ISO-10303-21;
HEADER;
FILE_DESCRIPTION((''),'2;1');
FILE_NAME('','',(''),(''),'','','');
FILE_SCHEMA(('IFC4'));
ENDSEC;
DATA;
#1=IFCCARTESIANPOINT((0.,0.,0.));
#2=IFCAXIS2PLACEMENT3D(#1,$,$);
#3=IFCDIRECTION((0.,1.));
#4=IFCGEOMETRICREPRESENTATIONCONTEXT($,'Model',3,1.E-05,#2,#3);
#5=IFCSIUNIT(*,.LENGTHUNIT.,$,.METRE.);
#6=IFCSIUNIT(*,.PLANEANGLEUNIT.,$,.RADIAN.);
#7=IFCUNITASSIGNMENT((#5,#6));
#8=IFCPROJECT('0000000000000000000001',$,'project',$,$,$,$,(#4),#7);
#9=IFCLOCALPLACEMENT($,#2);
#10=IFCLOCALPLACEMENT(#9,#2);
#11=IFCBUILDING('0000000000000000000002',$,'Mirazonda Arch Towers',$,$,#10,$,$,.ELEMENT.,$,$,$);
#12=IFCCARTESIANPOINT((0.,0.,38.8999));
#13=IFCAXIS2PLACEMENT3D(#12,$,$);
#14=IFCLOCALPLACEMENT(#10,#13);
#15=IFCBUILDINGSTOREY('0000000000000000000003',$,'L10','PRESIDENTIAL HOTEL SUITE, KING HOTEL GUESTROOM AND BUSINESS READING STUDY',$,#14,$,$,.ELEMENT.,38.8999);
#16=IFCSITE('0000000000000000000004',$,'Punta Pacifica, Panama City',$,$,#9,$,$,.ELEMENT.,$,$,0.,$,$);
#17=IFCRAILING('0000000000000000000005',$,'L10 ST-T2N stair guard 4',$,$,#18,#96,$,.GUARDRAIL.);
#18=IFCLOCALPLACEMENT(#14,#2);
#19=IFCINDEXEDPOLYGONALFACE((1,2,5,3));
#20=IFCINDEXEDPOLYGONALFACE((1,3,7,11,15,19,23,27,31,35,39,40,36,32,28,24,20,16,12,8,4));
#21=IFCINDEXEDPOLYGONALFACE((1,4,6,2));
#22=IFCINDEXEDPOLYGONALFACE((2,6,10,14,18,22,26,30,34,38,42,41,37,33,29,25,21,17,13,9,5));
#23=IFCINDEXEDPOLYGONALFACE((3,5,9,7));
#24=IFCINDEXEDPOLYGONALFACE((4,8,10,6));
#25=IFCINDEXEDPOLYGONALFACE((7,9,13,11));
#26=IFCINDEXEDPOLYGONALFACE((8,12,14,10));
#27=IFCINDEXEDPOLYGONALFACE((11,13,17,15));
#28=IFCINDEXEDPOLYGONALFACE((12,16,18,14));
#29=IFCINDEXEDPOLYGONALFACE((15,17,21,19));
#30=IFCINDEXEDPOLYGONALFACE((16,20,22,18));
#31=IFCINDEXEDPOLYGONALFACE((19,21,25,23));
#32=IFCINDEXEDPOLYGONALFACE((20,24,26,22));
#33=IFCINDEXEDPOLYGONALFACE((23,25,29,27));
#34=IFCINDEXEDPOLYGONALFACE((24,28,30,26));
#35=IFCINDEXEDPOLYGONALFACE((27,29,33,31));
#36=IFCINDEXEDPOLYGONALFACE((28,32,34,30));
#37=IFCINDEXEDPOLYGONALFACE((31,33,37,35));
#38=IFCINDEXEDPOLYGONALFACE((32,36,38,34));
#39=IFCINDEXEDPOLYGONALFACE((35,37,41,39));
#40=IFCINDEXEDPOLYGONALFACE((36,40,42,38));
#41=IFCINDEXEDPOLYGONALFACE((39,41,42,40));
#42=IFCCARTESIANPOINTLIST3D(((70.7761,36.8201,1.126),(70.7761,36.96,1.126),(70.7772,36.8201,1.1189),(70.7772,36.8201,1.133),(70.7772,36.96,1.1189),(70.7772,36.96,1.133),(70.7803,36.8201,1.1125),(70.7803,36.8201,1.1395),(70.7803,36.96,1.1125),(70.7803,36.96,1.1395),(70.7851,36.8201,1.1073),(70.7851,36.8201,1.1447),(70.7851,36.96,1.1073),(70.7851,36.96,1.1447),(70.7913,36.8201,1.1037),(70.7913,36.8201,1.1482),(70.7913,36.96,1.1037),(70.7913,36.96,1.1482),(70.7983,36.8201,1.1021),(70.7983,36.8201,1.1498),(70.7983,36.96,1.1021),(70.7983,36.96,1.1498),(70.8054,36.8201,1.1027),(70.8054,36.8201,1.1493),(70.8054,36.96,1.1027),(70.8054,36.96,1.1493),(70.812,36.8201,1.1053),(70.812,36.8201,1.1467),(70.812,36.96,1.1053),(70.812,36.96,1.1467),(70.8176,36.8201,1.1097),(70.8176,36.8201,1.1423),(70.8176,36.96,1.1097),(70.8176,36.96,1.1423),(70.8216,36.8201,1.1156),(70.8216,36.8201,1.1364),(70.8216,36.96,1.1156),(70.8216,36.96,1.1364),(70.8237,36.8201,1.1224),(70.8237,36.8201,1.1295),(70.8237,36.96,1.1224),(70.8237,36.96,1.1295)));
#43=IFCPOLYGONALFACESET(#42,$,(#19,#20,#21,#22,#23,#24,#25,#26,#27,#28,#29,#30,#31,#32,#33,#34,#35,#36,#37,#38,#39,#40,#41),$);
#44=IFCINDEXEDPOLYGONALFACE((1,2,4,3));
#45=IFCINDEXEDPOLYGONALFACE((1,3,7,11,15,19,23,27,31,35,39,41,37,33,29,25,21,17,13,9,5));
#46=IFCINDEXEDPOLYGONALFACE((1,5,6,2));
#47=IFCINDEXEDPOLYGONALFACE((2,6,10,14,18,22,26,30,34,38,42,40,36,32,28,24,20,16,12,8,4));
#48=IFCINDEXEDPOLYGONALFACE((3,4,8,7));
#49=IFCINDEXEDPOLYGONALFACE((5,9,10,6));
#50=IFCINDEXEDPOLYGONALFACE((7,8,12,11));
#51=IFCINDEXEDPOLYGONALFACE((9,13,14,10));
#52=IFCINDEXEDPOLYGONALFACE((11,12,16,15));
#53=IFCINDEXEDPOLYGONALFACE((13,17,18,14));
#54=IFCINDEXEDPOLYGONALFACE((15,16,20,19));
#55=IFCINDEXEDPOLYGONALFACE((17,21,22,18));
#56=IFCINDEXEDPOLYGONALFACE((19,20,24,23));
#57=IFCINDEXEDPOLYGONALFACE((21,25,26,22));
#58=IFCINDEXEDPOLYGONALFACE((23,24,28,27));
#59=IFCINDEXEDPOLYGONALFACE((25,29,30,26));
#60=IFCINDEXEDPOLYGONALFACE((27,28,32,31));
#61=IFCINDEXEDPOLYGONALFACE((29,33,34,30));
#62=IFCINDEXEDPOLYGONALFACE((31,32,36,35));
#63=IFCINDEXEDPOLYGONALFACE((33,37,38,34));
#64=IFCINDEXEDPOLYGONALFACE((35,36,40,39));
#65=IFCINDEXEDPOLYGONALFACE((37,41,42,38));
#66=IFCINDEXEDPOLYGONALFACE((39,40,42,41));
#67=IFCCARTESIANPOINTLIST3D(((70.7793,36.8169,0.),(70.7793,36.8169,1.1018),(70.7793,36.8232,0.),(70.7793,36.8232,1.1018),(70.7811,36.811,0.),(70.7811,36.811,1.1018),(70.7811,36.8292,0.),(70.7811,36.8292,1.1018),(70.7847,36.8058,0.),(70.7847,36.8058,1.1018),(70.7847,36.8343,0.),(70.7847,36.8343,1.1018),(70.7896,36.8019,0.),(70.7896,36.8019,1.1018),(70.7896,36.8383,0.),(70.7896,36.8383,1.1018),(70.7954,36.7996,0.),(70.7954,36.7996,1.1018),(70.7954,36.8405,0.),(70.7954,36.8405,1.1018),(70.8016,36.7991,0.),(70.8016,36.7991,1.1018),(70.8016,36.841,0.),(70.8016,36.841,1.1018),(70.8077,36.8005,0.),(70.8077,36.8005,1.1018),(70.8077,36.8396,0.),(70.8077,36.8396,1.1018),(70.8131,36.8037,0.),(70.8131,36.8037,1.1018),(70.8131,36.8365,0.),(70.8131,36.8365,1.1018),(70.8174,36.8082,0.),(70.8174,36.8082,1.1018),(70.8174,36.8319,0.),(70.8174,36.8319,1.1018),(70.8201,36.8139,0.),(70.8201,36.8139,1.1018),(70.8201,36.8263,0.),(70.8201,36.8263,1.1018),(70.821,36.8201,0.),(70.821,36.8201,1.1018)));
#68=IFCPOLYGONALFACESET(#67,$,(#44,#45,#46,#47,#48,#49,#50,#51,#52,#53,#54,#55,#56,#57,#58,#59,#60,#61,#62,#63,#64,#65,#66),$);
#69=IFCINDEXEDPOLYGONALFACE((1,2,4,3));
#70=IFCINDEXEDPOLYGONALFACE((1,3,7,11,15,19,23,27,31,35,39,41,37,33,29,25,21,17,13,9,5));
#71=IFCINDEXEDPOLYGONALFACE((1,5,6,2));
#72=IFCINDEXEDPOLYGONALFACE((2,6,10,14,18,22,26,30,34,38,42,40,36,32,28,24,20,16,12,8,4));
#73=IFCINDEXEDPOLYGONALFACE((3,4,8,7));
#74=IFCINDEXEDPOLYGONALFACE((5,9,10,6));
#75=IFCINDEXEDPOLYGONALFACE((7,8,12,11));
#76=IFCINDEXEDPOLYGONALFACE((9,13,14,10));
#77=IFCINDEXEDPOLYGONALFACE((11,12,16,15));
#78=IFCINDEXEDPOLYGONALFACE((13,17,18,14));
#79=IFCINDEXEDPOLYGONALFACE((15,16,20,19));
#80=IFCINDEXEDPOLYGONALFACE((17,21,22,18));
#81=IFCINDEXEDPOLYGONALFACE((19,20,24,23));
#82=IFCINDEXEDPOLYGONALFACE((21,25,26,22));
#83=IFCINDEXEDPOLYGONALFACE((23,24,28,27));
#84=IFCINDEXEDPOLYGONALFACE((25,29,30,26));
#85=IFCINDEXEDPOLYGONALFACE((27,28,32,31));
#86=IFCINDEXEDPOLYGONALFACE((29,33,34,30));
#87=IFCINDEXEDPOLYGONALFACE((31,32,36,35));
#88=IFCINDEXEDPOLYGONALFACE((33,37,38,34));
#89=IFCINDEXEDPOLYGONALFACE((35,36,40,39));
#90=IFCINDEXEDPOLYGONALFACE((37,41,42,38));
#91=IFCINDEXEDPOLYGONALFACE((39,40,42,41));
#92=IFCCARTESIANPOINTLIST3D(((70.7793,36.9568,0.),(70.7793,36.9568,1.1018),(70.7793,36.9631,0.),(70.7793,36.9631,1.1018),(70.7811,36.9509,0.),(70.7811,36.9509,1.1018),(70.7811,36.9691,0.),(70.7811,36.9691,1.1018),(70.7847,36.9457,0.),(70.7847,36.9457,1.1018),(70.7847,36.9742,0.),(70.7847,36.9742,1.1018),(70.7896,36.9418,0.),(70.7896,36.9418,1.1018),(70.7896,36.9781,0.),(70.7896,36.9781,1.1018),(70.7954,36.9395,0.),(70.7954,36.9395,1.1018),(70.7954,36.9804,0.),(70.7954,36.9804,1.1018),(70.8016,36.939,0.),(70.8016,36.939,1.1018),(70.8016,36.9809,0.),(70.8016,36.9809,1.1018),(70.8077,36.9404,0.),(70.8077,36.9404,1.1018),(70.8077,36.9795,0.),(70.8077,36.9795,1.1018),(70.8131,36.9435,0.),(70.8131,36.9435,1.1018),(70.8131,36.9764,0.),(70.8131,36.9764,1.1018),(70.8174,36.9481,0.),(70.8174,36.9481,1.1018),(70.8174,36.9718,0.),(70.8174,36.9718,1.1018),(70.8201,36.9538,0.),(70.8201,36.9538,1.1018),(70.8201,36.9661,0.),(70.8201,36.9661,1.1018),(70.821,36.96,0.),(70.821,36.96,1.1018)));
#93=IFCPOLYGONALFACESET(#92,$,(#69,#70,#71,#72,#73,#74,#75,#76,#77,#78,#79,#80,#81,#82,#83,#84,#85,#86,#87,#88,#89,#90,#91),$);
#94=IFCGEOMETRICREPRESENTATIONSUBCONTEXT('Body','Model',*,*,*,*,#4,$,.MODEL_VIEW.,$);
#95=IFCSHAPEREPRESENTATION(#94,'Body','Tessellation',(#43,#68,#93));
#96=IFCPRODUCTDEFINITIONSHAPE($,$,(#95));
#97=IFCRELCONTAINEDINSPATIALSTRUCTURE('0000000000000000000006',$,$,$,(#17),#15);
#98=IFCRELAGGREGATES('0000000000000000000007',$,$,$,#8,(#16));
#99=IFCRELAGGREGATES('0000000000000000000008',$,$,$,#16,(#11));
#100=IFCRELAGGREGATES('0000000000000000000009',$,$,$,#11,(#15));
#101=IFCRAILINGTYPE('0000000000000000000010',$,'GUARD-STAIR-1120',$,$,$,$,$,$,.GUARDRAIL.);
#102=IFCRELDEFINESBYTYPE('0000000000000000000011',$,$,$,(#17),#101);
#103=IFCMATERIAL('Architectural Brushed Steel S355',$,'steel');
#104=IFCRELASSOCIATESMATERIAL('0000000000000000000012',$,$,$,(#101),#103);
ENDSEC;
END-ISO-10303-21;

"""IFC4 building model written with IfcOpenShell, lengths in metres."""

from ifc_helpers import new_model, si_unit, direction, frame, origin, origin_2d, place, context, subcontext, project, spatial, circle, extrude, material, type_object, element, save


model = new_model("IFC4")

# Units and contexts
model_context = context("Model", 3, precision=1e-05, world=origin(), true_north=direction((0.0, 1.0)))
body_context = subcontext(model_context, "Body", "Model", "MODEL_VIEW")
ifc_project = project(units=[si_unit("LENGTHUNIT", "METRE"), si_unit("PLANEANGLEUNIT", "RADIAN")], contexts=[model_context])

# Site, building, storey
site_placement = place(None, origin())
site = spatial("IfcSite", under=ifc_project, at=site_placement, Name="Punta Pacifica, Panama City", CompositionType="ELEMENT", RefElevation=0.0)
building_placement = place(site_placement, origin())
building = spatial("IfcBuilding", under=site, at=building_placement, Name="Mirazonda Arch Towers", CompositionType="ELEMENT")
storey_placement = place(building_placement, frame((0.0, 0.0, 38.8999)))
storey = spatial("IfcBuildingStorey", under=building, at=storey_placement, Name="L10", Description="PRESIDENTIAL HOTEL SUITE, KING HOTEL GUESTROOM AND BUSINESS READING STUDY", CompositionType="ELEMENT", Elevation=38.8999)

# Railing
ifc_material_1 = material(Name="Architectural Brushed Steel S355", Category="steel")
railing_type_1 = type_object("IfcRailingType", Name="GUARD-STAIR-1120", PredefinedType="GUARDRAIL", material=ifc_material_1)
railing_1_placement = place(storey_placement, frame((70.8, 36.8201, 0.0)))
element("IfcRailing", 1, at=railing_1_placement, inside=storey, type_object=railing_type_1, Name="L10 ST-T2N stair guard 4", PredefinedType="GUARDRAIL", context=body_context, shape_type="SweptSolid", body=[
    extrude(circle(Radius=0.0239, at=origin_2d()), frame((0.0, 0.0, 1.126), z_axis=(0.0, 1.0, 0.0), x_axis=(-1.0, 0.0, 0.0)), (0.0, 0.0, 1.0), 0.1399),
    extrude(circle(Radius=0.021, at=origin_2d()), origin(), (0.0, 0.0, 1.0), 1.1018),
    extrude(circle(Radius=0.021, at=origin_2d()), frame((0.0, 0.1399, 0.0)), (0.0, 0.0, 1.0), 1.1018),
])

save(model, "model.ifc")
